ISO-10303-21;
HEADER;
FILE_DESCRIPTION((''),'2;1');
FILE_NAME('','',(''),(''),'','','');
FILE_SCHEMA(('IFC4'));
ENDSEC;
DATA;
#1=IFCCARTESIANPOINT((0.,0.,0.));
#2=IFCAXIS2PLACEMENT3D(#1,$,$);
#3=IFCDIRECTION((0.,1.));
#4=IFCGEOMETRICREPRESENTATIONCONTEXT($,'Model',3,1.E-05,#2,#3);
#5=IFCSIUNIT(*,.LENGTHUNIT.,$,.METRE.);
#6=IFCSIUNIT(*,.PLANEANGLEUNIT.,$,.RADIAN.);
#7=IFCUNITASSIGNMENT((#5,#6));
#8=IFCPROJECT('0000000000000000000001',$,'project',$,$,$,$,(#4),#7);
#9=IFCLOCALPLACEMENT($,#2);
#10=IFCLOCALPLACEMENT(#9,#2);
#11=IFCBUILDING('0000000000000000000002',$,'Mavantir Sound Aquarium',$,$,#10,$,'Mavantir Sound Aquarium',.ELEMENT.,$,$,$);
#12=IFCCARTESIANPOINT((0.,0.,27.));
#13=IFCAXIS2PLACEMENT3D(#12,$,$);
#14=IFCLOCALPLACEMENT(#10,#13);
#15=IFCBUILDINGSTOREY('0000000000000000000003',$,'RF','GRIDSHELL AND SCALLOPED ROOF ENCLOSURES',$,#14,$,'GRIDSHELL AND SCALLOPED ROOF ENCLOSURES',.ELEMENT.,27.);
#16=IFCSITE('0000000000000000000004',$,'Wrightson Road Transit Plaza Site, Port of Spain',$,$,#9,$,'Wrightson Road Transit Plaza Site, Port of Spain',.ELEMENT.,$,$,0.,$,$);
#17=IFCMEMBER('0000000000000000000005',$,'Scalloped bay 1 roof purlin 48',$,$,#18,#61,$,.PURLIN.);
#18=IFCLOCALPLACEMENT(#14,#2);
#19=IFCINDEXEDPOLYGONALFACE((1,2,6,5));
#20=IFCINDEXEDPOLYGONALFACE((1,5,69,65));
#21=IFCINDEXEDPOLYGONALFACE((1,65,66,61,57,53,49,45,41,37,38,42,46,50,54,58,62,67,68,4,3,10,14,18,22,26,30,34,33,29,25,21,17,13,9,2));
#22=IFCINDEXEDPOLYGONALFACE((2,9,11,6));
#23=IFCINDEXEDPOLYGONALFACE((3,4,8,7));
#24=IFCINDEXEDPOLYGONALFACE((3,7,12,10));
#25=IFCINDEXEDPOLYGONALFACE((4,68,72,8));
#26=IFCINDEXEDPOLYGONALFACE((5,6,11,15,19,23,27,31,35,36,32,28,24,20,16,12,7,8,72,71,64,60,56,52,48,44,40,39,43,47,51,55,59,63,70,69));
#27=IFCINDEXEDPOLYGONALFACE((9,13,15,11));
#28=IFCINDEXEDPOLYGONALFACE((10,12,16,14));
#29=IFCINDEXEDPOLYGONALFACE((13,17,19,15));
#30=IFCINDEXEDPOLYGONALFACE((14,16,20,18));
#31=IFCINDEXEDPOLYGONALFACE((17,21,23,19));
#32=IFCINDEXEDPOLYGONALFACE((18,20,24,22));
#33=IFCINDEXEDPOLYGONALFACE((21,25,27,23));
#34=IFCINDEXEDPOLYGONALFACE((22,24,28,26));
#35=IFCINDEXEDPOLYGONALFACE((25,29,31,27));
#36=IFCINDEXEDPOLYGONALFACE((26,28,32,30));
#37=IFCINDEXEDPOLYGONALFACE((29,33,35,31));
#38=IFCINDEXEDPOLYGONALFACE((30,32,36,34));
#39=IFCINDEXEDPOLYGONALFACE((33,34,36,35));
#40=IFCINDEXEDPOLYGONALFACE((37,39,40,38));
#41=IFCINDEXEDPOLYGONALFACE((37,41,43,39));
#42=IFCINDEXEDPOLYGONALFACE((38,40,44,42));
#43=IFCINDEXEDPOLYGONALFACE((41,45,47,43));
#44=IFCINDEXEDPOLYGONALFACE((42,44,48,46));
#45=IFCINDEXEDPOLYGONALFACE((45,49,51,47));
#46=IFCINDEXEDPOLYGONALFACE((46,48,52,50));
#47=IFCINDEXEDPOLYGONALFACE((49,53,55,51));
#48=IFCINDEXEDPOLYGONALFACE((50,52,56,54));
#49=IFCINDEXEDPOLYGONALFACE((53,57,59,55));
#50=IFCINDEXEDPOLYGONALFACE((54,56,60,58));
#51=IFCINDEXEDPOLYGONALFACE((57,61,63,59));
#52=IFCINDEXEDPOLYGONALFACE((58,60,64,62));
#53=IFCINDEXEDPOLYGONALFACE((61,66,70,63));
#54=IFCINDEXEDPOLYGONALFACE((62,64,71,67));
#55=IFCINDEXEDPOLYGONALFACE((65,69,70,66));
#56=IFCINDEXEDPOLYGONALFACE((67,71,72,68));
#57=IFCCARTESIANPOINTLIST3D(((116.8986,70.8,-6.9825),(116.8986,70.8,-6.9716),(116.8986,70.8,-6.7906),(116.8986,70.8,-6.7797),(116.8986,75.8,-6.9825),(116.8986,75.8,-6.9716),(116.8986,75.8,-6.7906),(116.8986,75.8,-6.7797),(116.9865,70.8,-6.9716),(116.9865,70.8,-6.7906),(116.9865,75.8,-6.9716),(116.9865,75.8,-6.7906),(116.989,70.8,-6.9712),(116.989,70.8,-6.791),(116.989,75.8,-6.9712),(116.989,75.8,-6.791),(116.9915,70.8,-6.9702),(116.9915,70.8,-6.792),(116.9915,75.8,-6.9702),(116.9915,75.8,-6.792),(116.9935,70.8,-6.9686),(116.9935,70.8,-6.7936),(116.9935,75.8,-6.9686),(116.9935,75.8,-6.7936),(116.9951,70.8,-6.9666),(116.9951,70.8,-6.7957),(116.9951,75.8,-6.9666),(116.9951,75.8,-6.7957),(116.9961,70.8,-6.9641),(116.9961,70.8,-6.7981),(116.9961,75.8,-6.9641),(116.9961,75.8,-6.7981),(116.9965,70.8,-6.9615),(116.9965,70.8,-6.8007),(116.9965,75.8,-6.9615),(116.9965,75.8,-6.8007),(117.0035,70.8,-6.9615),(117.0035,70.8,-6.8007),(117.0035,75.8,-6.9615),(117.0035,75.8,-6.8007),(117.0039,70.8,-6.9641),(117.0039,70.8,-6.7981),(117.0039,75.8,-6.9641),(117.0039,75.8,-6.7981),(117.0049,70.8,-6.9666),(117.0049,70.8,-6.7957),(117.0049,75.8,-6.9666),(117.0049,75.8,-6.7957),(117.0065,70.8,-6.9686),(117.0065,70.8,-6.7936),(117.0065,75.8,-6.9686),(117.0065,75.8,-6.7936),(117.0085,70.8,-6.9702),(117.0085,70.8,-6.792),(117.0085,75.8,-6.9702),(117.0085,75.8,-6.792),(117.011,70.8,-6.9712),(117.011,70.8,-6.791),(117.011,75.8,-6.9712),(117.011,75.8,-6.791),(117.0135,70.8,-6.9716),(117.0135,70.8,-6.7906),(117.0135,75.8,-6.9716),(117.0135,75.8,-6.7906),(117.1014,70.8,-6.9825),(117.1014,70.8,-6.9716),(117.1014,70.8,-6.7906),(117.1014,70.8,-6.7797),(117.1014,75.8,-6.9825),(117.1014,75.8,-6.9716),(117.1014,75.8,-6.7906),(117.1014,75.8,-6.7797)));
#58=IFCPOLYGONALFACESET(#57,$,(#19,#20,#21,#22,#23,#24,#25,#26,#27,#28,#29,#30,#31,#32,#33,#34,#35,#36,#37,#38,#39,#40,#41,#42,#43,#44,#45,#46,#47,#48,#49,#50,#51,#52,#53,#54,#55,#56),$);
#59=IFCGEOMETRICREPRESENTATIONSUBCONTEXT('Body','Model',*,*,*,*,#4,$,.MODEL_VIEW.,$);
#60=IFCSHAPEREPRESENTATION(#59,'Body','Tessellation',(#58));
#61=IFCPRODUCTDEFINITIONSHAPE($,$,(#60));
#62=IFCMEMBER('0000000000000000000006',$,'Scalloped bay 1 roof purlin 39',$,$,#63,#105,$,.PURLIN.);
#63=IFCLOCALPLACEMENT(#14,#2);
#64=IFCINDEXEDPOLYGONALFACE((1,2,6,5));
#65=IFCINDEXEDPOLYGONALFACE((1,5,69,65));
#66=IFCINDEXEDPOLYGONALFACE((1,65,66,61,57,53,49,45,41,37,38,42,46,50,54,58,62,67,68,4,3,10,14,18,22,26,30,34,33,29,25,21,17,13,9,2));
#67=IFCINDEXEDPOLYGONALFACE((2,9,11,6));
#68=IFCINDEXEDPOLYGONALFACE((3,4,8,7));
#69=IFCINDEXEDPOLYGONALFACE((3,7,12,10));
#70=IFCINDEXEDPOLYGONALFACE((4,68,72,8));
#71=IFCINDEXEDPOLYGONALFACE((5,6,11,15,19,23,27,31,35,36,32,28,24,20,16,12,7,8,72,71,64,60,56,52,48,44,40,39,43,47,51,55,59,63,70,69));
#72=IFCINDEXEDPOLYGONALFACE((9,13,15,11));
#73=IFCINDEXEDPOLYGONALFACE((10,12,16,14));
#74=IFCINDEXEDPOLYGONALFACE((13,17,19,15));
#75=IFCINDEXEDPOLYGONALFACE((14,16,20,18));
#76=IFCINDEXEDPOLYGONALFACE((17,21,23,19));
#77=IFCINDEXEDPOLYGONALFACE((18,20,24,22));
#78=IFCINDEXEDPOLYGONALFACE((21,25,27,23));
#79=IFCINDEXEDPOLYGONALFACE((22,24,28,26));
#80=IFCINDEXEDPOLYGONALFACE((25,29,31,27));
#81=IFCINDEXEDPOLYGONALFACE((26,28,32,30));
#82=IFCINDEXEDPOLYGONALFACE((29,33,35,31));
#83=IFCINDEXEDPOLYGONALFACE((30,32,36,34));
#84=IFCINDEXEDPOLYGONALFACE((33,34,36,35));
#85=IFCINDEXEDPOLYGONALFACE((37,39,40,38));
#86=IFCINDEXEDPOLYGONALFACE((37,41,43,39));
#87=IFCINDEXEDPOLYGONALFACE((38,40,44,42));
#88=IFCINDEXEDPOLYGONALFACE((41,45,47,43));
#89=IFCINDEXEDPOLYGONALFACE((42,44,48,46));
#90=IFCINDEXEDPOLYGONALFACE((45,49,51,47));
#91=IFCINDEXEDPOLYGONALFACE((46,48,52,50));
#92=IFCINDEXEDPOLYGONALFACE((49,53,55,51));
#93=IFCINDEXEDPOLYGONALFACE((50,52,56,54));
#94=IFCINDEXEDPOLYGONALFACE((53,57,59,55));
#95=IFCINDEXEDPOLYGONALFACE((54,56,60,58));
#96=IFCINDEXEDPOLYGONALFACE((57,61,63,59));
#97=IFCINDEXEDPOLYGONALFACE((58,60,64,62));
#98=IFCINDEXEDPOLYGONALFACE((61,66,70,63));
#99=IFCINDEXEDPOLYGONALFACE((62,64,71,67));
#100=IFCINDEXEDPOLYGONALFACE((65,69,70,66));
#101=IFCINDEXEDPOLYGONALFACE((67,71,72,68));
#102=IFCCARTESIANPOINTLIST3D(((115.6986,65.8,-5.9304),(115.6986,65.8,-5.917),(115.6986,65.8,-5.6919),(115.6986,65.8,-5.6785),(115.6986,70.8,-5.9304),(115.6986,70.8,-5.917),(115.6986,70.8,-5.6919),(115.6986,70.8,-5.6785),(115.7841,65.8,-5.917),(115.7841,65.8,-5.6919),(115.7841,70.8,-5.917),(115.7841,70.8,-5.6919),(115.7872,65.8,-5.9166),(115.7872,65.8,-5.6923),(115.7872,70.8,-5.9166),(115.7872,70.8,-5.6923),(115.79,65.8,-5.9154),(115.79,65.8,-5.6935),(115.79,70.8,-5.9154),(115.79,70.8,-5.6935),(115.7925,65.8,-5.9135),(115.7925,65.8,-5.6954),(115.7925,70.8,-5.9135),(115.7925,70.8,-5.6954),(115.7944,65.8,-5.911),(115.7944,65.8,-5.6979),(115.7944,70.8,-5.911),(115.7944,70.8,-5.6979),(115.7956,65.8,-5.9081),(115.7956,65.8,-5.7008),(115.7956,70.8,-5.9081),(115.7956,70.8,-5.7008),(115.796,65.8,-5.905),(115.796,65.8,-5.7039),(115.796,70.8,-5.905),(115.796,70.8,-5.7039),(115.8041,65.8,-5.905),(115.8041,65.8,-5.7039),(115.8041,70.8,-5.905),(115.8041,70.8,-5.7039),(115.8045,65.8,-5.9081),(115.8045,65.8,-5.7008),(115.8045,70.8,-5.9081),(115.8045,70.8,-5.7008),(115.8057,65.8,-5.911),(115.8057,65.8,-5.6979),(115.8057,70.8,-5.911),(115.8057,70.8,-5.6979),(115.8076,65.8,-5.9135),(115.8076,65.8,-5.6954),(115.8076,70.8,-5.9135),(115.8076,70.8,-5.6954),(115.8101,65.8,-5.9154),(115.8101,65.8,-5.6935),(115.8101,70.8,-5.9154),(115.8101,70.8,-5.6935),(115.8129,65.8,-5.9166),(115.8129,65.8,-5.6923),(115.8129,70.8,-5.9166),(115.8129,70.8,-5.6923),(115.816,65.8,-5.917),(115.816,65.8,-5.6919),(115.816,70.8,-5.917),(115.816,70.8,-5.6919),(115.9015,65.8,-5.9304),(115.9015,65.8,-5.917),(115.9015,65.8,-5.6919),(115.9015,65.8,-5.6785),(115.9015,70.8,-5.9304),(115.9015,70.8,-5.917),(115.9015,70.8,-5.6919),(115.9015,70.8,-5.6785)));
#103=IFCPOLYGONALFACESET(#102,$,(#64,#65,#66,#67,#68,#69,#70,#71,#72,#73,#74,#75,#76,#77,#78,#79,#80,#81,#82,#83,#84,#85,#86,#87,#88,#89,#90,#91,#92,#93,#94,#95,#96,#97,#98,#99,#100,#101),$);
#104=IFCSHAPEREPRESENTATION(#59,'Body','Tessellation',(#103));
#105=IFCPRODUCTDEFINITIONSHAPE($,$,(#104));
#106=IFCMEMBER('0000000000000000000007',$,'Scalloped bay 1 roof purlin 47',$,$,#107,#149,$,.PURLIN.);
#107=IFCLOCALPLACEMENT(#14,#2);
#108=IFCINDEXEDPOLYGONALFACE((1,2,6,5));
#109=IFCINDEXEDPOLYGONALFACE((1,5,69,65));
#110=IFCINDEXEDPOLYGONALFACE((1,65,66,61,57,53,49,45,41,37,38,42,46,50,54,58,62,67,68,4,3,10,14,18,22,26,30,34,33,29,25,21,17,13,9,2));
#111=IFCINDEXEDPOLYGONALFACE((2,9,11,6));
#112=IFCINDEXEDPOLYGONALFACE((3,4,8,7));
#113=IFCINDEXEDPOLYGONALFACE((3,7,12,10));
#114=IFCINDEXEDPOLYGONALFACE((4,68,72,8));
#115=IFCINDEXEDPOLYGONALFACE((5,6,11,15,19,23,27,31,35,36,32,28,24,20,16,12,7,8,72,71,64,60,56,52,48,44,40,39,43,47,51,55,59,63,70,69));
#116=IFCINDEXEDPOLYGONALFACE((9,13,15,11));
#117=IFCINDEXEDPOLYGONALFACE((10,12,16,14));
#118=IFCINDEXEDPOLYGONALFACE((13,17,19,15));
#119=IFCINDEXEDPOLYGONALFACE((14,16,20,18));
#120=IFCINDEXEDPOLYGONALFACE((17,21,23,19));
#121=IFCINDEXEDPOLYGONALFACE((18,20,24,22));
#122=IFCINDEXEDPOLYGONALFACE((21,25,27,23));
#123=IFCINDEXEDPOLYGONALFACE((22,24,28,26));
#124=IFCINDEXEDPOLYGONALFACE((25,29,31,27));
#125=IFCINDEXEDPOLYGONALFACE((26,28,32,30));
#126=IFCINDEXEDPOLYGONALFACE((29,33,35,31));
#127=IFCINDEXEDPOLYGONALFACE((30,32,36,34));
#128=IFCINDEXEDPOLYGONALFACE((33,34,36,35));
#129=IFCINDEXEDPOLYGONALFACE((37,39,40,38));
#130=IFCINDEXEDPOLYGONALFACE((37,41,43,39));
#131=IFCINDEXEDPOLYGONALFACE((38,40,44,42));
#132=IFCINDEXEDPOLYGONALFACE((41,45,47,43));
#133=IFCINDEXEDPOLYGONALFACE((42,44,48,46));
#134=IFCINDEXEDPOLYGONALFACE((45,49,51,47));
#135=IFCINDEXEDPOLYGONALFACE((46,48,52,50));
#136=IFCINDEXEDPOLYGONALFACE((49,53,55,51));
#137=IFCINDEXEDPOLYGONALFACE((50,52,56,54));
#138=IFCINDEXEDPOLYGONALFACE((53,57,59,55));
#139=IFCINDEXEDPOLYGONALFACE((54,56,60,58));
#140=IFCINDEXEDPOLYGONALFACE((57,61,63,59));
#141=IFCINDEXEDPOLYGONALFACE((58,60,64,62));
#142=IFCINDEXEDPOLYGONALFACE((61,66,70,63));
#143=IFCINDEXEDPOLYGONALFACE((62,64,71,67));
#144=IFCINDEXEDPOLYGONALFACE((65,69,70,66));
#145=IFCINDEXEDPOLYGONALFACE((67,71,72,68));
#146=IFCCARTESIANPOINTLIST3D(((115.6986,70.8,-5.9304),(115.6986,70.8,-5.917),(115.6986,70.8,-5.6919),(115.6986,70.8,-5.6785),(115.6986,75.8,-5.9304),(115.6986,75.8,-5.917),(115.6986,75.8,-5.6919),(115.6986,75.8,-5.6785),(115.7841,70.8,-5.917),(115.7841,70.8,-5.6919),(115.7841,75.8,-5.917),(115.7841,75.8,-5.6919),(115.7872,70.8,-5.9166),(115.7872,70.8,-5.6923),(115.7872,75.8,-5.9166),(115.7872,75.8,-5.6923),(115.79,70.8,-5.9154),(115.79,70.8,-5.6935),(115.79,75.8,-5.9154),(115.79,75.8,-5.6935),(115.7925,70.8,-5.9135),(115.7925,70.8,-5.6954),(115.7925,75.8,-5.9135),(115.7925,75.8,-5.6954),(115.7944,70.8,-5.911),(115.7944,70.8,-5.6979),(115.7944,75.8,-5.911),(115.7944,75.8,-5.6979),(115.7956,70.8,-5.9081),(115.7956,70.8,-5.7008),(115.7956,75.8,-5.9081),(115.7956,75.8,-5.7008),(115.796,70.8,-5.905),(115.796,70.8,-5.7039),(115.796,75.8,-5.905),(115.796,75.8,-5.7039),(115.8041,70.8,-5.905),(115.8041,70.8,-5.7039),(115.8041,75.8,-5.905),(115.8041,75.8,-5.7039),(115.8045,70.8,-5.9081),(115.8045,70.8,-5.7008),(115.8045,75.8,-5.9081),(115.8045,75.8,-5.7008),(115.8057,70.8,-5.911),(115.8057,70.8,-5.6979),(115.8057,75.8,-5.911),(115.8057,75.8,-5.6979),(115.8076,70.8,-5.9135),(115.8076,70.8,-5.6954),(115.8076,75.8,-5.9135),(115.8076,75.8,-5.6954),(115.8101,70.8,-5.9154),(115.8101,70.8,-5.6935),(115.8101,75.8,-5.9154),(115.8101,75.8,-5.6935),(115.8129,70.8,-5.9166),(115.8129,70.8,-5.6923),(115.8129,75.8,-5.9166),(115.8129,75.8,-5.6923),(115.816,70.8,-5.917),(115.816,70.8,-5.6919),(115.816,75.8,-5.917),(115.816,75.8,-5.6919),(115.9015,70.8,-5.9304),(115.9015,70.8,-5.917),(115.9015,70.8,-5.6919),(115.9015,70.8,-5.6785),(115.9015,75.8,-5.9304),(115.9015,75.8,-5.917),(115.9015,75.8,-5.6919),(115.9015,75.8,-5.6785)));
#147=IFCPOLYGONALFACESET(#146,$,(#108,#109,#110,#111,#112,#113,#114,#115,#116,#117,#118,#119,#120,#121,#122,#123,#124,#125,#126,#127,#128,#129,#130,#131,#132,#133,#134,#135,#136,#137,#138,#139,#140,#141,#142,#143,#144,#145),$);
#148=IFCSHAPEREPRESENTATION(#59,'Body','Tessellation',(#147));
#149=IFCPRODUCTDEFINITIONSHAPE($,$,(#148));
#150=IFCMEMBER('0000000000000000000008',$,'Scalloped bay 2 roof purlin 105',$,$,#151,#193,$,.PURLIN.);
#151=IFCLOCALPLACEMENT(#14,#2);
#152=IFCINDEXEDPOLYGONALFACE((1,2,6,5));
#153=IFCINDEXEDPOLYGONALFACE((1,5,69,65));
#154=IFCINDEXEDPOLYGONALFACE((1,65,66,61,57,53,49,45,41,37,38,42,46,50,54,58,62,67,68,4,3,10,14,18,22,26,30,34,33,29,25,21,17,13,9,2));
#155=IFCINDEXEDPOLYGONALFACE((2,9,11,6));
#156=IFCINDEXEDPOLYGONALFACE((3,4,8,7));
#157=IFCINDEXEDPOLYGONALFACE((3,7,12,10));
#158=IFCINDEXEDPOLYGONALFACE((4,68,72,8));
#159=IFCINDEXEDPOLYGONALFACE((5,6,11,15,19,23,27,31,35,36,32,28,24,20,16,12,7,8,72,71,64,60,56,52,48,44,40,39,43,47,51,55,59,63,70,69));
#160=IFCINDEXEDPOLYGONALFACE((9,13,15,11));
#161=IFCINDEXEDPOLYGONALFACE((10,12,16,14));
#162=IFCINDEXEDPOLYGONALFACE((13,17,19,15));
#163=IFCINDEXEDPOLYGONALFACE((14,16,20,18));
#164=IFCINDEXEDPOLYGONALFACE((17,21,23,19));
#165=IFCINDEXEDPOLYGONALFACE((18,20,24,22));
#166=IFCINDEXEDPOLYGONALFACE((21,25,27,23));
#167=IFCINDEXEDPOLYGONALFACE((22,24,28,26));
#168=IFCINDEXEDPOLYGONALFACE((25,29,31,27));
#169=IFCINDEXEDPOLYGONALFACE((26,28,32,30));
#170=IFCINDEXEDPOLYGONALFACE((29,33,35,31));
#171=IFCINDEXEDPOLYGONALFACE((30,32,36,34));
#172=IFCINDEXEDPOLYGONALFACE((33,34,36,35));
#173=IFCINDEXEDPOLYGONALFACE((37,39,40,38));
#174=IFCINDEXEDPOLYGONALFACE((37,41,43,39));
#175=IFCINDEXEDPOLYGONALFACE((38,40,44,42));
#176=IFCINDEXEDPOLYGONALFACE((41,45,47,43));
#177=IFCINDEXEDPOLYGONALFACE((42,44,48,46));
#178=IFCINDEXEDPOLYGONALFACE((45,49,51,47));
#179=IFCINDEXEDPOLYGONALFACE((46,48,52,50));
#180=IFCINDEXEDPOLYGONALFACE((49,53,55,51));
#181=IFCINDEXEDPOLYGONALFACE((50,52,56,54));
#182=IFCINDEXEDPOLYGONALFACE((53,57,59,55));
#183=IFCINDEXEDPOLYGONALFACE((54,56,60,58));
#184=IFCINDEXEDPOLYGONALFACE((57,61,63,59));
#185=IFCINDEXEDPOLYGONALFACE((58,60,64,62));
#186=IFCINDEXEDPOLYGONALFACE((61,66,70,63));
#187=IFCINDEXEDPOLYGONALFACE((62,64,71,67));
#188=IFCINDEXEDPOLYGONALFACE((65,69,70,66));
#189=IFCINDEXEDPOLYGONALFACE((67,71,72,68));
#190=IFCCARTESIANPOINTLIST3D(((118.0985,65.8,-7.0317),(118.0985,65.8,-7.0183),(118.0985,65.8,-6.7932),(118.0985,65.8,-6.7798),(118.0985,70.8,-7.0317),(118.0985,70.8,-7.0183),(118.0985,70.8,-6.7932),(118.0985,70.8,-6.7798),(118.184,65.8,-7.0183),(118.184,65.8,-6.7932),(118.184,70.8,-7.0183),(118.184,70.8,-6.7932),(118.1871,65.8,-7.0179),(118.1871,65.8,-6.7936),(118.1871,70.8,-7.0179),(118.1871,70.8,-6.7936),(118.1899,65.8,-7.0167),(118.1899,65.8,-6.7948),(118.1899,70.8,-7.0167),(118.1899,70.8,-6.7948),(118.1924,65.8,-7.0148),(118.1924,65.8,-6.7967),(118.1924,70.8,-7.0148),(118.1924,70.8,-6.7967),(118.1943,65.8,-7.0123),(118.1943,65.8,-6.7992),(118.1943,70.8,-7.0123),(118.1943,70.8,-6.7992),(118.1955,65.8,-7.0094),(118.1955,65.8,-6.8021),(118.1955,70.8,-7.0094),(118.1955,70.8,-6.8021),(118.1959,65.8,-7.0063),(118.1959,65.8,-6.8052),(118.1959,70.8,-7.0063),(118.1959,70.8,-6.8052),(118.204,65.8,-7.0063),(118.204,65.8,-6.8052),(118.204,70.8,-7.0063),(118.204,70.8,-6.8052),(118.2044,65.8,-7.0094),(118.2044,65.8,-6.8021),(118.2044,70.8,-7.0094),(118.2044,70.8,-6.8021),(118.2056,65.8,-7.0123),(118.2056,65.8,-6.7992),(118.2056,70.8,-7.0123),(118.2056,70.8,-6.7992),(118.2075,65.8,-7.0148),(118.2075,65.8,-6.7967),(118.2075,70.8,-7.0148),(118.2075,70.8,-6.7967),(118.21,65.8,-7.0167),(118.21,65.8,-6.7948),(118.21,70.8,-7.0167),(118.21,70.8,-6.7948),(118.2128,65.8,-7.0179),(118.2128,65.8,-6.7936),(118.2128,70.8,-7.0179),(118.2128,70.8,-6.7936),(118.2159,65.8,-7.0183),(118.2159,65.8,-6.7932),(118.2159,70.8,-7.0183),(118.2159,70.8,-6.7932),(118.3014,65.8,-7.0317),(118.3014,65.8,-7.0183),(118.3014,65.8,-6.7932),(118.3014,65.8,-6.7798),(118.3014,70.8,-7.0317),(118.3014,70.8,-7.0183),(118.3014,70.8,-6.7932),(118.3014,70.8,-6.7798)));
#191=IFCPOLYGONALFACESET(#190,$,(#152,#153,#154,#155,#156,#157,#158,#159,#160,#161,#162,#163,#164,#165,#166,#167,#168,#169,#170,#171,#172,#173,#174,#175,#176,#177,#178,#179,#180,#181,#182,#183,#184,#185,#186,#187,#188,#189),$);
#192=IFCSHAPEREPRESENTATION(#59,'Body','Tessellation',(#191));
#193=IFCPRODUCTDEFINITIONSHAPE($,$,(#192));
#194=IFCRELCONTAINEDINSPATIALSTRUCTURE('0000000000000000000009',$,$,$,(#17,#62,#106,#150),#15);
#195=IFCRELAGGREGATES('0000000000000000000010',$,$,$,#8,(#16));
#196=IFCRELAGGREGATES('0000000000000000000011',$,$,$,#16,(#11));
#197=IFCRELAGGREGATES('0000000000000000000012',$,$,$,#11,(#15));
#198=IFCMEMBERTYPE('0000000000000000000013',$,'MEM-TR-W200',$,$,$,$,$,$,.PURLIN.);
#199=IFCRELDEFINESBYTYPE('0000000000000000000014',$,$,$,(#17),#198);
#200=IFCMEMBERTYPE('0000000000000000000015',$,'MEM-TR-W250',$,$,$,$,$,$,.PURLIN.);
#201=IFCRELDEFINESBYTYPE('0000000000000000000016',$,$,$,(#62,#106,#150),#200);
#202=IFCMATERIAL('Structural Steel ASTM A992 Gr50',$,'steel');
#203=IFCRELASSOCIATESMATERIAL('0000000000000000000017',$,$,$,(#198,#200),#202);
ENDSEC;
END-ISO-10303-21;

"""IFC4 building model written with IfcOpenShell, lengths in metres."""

from ifc_helpers import new_model, si_unit, direction, frame, origin, origin_2d, place, context, subcontext, project, spatial, i_section, extrude, material, material_profile, profile_set, type_object, element, save


model = new_model("IFC4")

# Units and contexts
model_context = context("Model", 3, precision=1e-05, world=origin(), true_north=direction((0.0, 1.0)))
body_context = subcontext(model_context, "Body", "Model", "MODEL_VIEW")
ifc_project = project(units=[si_unit("LENGTHUNIT", "METRE"), si_unit("PLANEANGLEUNIT", "RADIAN")], contexts=[model_context])

# Site, building, storey
site_placement = place(None, origin())
site = spatial("IfcSite", under=ifc_project, at=site_placement, Name="Wrightson Road Transit Plaza Site, Port of Spain", LongName="Wrightson Road Transit Plaza Site, Port of Spain", CompositionType="ELEMENT", RefElevation=0.0)
building_placement = place(site_placement, origin())
building = spatial("IfcBuilding", under=site, at=building_placement, Name="Mavantir Sound Aquarium", LongName="Mavantir Sound Aquarium", CompositionType="ELEMENT")
storey_placement = place(building_placement, frame((0.0, 0.0, 27.0)))
storey = spatial("IfcBuildingStorey", under=building, at=storey_placement, Name="RF", Description="GRIDSHELL AND SCALLOPED ROOF ENCLOSURES", LongName="GRIDSHELL AND SCALLOPED ROOF ENCLOSURES", CompositionType="ELEMENT", Elevation=27.0)

# Shared definitions
ifc_material_1 = material(Name="Structural Steel ASTM A992 Gr50", Category="steel")

# Members
ifc_material_profile_1 = material_profile(ifc_material_1, i_section(OverallWidth=0.2029, OverallDepth=0.2029, WebThickness=0.0071, FlangeThickness=0.011, FilletRadius=0.01, at=origin_2d()), Name="W200X46")
ifc_profile_set_1 = profile_set([ifc_material_profile_1], Name="Structural Steel ASTM A992 Gr50")
member_type_1 = type_object("IfcMemberType", Name="MEM-TR-W200", PredefinedType="PURLIN", material=ifc_profile_set_1)
for number, where, z_axis, x_axis, name in (
    (1, (117.0, 70.8, -6.8811), (0.0, 1.0, 0.0), (-1.0, 0.0, 0.0), "Scalloped bay 1 roof purlin 48"),
):
    element("IfcMember", number, at=place(storey_placement, frame(where, z_axis=z_axis, x_axis=x_axis)), inside=storey, type_object=member_type_1, Name=name, PredefinedType="PURLIN", context=body_context, shape_type="SweptSolid", body=[
        extrude(i_section(OverallWidth=0.2029, OverallDepth=0.2029, WebThickness=0.0071, FlangeThickness=0.011, FilletRadius=0.01, at=origin_2d()), origin(), (0.0, 0.0, 1.0), 5.0),
    ])
ifc_material_profile_2 = material_profile(ifc_material_1, i_section(OverallWidth=0.2029, OverallDepth=0.252, WebThickness=0.0081, FlangeThickness=0.0134, FilletRadius=0.012, at=origin_2d()), Name="W250X58")
ifc_profile_set_2 = profile_set([ifc_material_profile_2], Name="Structural Steel ASTM A992 Gr50")
member_type_2 = type_object("IfcMemberType", Name="MEM-TR-W250", PredefinedType="PURLIN", material=ifc_profile_set_2)
for number, where, z_axis, x_axis, name in (
    (2, (115.8, 65.8, -5.8044), (0.0, 1.0, 0.0), (-1.0, 0.0, 0.0), "Scalloped bay 1 roof purlin 39"),
    (3, (115.8, 70.8, -5.8044), (0.0, 1.0, 0.0), (-1.0, 0.0, 0.0), "Scalloped bay 1 roof purlin 47"),
    (4, (118.2, 65.8, -6.9058), (0.0, 1.0, 0.0), (-1.0, 0.0, 0.0), "Scalloped bay 2 roof purlin 105"),
):
    element("IfcMember", number, at=place(storey_placement, frame(where, z_axis=z_axis, x_axis=x_axis)), inside=storey, type_object=member_type_2, Name=name, PredefinedType="PURLIN", context=body_context, shape_type="SweptSolid", body=[
        extrude(i_section(OverallWidth=0.2029, OverallDepth=0.252, WebThickness=0.0081, FlangeThickness=0.0134, FilletRadius=0.012, at=origin_2d()), origin(), (0.0, 0.0, 1.0), 5.0),
    ])

save(model, "model.ifc")
